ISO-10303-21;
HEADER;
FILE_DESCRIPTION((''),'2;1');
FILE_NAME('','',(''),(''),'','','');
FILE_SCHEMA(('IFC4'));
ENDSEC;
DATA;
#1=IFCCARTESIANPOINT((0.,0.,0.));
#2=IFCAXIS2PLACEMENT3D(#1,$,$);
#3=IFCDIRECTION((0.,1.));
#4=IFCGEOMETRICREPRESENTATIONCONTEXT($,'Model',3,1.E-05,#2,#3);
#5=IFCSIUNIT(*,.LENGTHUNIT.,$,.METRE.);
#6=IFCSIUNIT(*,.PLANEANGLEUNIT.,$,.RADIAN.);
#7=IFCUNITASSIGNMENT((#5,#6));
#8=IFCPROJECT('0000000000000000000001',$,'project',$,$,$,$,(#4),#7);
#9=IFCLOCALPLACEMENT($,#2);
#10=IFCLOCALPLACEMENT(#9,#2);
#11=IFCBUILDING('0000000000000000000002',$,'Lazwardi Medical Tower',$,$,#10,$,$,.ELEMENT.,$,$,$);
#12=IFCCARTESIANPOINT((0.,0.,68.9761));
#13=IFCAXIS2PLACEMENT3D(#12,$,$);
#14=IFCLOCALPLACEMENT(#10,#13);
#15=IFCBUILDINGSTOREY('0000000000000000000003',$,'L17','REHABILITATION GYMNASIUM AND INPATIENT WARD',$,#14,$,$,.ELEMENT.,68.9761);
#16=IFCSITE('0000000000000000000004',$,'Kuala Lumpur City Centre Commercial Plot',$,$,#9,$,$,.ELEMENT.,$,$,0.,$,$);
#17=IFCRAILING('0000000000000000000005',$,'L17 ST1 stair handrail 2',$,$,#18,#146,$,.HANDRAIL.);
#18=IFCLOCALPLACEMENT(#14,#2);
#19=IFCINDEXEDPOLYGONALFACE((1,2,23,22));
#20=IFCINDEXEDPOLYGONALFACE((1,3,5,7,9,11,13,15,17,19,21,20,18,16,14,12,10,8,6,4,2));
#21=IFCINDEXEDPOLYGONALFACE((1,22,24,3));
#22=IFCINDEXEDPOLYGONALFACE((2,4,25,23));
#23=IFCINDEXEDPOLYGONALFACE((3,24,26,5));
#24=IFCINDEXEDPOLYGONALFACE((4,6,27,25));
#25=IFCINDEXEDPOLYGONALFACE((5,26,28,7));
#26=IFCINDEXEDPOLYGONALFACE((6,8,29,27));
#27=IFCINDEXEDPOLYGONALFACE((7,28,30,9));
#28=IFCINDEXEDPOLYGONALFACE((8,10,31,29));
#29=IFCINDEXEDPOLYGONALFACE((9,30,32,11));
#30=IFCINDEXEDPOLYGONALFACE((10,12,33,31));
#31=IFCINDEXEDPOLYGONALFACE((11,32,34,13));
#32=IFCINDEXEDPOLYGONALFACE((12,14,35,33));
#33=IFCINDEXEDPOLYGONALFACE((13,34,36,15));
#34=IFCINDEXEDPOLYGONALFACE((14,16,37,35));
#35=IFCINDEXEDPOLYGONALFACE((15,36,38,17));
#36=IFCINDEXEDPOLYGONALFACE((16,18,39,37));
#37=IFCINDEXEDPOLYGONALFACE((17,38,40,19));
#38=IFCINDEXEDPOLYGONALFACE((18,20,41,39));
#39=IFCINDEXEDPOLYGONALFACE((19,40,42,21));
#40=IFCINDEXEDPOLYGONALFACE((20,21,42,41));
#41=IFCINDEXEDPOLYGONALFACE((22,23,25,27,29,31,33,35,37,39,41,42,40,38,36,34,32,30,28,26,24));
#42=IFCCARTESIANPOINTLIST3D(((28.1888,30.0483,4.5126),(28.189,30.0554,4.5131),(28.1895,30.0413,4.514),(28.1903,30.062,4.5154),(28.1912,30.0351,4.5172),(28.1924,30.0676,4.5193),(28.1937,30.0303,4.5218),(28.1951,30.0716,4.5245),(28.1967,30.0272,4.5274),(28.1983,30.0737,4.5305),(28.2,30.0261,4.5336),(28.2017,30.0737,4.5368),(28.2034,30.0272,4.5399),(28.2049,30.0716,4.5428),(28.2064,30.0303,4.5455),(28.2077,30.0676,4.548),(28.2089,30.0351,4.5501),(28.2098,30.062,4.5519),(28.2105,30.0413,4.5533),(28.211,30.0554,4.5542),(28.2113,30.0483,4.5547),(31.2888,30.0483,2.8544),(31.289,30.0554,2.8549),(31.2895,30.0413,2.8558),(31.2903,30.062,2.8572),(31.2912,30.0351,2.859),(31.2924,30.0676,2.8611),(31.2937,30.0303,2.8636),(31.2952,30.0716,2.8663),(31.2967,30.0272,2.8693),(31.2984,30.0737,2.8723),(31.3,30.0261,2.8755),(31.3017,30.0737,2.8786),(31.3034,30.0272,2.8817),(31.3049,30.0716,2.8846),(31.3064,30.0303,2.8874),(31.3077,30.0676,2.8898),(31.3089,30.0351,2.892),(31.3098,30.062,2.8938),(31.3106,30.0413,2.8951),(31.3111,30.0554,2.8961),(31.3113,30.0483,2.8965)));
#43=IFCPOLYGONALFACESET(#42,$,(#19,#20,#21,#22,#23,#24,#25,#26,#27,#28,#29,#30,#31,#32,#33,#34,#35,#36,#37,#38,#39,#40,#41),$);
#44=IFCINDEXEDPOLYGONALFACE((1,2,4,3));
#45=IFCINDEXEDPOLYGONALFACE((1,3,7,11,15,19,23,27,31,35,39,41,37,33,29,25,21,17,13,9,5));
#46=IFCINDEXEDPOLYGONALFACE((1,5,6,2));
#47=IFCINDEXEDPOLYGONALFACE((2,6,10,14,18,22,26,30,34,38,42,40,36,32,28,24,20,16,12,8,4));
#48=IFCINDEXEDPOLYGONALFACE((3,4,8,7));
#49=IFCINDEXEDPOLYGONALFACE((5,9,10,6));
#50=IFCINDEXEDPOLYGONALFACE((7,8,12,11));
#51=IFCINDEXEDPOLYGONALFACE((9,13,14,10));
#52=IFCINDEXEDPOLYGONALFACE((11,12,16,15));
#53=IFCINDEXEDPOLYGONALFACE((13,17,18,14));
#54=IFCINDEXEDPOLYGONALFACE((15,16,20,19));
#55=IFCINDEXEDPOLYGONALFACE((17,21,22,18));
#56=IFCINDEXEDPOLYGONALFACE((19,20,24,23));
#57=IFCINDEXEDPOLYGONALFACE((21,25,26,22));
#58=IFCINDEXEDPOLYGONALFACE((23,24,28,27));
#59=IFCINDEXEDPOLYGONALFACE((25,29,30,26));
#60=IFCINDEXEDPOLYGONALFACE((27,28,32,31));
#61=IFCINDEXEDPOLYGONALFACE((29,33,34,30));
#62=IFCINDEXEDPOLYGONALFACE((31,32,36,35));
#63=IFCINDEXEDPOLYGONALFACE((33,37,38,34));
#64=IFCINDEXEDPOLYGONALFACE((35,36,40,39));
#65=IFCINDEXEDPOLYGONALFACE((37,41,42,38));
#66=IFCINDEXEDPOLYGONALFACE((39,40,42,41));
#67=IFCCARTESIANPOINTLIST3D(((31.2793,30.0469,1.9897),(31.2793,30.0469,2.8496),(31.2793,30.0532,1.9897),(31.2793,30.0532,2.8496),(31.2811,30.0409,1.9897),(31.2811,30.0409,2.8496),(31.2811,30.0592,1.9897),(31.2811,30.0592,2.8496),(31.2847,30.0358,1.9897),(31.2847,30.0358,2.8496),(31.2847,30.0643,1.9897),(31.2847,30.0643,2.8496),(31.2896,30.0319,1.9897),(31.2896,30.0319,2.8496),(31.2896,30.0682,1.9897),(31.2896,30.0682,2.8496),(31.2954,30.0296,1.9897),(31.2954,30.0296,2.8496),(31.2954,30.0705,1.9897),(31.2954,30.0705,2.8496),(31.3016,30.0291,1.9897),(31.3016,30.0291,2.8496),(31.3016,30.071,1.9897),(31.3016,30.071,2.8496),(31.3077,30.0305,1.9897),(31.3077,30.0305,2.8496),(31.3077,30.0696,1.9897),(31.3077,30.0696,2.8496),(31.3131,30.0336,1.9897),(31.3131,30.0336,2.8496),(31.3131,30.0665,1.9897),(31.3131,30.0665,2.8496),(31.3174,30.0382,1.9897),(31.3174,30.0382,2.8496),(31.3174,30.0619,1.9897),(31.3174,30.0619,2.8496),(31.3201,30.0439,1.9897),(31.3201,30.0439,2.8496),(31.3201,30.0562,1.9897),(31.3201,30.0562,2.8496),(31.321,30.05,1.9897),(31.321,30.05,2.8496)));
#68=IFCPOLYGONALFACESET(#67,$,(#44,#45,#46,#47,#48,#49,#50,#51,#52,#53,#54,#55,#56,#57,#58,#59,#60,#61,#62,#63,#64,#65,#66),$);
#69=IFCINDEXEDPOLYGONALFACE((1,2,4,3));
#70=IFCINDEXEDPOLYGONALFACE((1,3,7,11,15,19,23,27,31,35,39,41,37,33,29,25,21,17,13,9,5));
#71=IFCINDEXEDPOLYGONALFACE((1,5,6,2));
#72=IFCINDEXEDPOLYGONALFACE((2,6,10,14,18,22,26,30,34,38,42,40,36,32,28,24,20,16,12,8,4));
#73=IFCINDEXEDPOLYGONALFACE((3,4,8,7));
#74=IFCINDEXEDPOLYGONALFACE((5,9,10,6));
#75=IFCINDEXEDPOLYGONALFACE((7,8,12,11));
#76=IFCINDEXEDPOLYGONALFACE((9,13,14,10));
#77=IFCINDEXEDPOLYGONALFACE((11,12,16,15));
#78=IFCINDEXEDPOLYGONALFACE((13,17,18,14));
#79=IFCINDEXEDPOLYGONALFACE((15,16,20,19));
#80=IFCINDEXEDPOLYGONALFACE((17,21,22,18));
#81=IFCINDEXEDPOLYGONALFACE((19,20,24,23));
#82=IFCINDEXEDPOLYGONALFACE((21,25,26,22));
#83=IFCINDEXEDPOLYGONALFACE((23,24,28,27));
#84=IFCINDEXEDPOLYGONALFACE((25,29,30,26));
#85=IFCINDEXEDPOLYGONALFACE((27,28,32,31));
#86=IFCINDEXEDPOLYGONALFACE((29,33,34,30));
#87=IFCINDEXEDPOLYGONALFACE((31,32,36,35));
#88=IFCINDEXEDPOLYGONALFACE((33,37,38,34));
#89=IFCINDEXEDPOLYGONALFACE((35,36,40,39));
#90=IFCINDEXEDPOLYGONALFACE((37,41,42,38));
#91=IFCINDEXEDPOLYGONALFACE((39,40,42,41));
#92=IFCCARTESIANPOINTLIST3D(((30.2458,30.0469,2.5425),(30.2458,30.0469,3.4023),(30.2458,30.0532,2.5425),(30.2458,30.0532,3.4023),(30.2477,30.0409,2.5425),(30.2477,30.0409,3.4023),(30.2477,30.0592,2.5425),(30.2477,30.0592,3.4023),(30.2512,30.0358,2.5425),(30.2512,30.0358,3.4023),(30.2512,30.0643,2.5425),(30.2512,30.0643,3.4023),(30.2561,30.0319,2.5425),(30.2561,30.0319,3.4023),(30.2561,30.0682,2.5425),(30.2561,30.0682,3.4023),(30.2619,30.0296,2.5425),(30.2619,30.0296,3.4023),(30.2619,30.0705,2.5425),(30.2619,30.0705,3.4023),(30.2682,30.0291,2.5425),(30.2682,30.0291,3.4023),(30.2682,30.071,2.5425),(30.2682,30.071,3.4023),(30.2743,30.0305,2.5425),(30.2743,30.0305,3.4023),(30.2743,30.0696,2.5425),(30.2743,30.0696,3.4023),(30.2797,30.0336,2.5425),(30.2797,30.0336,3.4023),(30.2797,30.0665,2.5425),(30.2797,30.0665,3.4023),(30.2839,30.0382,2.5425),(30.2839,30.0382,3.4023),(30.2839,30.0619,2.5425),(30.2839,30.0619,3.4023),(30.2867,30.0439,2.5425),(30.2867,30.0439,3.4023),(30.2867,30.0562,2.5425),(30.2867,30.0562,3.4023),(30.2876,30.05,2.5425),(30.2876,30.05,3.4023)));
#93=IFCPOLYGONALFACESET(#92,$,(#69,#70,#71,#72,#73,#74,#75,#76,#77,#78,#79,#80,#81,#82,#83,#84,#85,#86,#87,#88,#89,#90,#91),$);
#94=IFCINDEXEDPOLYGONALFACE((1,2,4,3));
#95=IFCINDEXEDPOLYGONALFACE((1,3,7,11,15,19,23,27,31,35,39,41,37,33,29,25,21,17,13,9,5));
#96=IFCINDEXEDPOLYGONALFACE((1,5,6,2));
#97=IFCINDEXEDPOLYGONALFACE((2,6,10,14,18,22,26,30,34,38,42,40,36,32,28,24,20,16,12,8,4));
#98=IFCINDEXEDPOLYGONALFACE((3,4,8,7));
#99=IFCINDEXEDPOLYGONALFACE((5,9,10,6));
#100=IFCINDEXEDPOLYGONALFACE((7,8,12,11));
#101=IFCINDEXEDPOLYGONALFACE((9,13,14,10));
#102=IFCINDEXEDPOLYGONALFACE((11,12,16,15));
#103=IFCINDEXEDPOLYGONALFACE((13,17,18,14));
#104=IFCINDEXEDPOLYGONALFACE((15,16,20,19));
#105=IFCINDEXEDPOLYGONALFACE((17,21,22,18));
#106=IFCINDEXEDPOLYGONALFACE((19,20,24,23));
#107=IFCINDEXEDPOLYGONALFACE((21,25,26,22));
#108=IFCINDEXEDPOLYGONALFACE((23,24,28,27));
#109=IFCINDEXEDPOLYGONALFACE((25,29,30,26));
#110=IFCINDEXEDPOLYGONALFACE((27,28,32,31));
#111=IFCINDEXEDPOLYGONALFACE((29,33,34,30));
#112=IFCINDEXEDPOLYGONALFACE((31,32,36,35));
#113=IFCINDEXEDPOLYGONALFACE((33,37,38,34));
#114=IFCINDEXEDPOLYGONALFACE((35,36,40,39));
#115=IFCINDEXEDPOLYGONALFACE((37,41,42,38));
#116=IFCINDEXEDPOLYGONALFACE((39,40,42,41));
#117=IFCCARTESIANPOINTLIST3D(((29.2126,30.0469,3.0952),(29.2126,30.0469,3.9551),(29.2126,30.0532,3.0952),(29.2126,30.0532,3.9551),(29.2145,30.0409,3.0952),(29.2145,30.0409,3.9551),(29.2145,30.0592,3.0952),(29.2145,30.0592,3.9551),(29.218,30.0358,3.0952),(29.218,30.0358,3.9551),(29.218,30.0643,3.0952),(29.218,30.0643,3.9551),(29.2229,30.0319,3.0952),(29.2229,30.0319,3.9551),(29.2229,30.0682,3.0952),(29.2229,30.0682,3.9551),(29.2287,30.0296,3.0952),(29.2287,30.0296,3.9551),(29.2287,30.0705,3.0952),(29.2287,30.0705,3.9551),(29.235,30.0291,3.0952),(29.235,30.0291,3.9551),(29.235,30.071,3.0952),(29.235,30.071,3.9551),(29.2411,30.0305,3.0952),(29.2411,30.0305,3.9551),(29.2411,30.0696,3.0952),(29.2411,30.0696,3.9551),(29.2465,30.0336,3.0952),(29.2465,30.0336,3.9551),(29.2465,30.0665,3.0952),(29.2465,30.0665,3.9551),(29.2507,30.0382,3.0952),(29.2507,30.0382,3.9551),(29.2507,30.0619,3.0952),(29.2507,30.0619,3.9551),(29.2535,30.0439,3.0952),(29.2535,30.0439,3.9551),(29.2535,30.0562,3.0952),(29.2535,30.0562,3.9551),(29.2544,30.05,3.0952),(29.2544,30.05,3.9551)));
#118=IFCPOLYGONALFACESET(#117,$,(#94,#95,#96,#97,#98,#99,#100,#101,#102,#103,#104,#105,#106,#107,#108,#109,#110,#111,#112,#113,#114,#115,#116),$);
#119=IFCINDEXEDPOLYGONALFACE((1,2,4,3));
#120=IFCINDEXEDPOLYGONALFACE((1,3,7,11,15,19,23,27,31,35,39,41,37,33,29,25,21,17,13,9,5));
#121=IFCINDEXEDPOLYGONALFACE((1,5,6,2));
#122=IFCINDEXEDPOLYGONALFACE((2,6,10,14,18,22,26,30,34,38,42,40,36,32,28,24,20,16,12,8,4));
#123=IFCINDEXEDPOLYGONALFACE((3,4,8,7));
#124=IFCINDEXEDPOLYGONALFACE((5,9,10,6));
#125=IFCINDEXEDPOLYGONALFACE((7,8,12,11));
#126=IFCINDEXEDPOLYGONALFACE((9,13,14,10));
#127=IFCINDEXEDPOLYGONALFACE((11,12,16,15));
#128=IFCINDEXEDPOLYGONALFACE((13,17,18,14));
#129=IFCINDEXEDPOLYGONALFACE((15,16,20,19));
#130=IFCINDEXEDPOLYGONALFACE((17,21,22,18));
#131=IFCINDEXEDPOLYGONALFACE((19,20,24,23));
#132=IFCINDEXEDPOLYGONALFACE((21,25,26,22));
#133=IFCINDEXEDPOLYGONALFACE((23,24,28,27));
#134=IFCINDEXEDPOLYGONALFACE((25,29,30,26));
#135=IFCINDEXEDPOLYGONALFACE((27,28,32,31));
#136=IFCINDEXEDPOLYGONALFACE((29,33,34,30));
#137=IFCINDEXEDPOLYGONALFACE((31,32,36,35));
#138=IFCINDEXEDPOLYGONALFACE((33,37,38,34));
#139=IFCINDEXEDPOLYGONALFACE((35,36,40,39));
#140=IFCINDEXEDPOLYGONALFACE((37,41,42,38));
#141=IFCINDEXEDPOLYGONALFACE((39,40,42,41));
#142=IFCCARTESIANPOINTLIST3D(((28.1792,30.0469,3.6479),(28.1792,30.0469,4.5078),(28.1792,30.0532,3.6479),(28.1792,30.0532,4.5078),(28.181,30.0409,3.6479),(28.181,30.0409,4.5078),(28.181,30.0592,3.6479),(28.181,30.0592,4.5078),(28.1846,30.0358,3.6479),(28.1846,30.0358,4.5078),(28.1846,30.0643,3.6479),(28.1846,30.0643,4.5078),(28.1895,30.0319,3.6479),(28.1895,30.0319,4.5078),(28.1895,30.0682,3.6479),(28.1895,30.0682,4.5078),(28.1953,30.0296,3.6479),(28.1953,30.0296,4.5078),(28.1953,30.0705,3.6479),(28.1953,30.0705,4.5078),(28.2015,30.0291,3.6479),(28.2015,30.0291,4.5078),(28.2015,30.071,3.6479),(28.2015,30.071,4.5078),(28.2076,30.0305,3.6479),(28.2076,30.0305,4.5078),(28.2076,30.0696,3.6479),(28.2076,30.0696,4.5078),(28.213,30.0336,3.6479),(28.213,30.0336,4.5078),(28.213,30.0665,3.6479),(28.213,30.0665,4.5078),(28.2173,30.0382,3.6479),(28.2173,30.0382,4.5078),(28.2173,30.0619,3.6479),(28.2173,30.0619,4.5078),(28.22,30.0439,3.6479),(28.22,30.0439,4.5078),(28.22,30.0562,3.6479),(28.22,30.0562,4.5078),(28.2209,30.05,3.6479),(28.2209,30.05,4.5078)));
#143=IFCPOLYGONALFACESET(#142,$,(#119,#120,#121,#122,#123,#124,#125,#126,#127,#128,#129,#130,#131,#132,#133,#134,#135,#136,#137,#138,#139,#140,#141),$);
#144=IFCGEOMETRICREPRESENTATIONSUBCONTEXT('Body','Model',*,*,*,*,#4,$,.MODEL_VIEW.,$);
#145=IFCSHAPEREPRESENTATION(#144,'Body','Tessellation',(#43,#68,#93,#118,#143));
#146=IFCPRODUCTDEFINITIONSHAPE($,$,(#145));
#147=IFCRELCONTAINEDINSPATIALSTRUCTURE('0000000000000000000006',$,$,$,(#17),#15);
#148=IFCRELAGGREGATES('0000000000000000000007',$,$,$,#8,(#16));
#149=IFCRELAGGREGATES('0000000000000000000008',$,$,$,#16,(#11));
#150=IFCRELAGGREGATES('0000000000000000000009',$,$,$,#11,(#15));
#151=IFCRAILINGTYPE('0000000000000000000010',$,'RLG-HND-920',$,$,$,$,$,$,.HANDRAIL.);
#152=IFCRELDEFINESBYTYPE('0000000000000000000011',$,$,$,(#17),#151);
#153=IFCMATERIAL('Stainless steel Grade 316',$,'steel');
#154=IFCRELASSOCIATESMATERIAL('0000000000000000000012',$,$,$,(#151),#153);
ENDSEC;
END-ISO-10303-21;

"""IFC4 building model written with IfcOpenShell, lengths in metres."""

from ifc_helpers import new_model, si_unit, direction, frame, origin, origin_2d, place, context, subcontext, project, spatial, circle, extrude, material, type_object, element, save


model = new_model("IFC4")

# Units and contexts
model_context = context("Model", 3, precision=1e-05, world=origin(), true_north=direction((0.0, 1.0)))
body_context = subcontext(model_context, "Body", "Model", "MODEL_VIEW")
ifc_project = project(units=[si_unit("LENGTHUNIT", "METRE"), si_unit("PLANEANGLEUNIT", "RADIAN")], contexts=[model_context])

# Site, building, storey
site_placement = place(None, origin())
site = spatial("IfcSite", under=ifc_project, at=site_placement, Name="Kuala Lumpur City Centre Commercial Plot", CompositionType="ELEMENT", RefElevation=0.0)
building_placement = place(site_placement, origin())
building = spatial("IfcBuilding", under=site, at=building_placement, Name="Lazwardi Medical Tower", CompositionType="ELEMENT")
storey_placement = place(building_placement, frame((0.0, 0.0, 68.9761)))
storey = spatial("IfcBuildingStorey", under=building, at=storey_placement, Name="L17", Description="REHABILITATION GYMNASIUM AND INPATIENT WARD", CompositionType="ELEMENT", Elevation=68.9761)

# Railing
ifc_material_1 = material(Name="Stainless steel Grade 316", Category="steel")
railing_type_1 = type_object("IfcRailingType", Name="RLG-HND-920", PredefinedType="HANDRAIL", material=ifc_material_1)
railing_1_placement = place(storey_placement, frame((31.3, 30.05, 1.9897)))
element("IfcRailing", 1, at=railing_1_placement, inside=storey, type_object=railing_type_1, Name="L17 ST1 stair handrail 2", PredefinedType="HANDRAIL", context=body_context, shape_type="SweptSolid", body=[
    extrude(circle(Radius=0.0239, at=origin_2d()), frame((0.0, 0.0, 0.8857), z_axis=(-0.881783, 0.0, 0.471655), x_axis=(0.0, -1.0, 0.0)), (0.0, 0.0, 1.0), 3.5156),
    extrude(circle(Radius=0.021, at=origin_2d()), origin(), (0.0, 0.0, 1.0), 0.8599),
    extrude(circle(Radius=0.021, at=origin_2d()), frame((-1.0334, 0.0, 0.5527)), (0.0, 0.0, 1.0), 0.8599),
    extrude(circle(Radius=0.021, at=origin_2d()), frame((-2.0667, 0.0, 1.1055)), (0.0, 0.0, 1.0), 0.8599),
    extrude(circle(Radius=0.021, at=origin_2d()), frame((-3.1001, 0.0, 1.6582)), (0.0, 0.0, 1.0), 0.8599),
])

save(model, "model.ifc")
